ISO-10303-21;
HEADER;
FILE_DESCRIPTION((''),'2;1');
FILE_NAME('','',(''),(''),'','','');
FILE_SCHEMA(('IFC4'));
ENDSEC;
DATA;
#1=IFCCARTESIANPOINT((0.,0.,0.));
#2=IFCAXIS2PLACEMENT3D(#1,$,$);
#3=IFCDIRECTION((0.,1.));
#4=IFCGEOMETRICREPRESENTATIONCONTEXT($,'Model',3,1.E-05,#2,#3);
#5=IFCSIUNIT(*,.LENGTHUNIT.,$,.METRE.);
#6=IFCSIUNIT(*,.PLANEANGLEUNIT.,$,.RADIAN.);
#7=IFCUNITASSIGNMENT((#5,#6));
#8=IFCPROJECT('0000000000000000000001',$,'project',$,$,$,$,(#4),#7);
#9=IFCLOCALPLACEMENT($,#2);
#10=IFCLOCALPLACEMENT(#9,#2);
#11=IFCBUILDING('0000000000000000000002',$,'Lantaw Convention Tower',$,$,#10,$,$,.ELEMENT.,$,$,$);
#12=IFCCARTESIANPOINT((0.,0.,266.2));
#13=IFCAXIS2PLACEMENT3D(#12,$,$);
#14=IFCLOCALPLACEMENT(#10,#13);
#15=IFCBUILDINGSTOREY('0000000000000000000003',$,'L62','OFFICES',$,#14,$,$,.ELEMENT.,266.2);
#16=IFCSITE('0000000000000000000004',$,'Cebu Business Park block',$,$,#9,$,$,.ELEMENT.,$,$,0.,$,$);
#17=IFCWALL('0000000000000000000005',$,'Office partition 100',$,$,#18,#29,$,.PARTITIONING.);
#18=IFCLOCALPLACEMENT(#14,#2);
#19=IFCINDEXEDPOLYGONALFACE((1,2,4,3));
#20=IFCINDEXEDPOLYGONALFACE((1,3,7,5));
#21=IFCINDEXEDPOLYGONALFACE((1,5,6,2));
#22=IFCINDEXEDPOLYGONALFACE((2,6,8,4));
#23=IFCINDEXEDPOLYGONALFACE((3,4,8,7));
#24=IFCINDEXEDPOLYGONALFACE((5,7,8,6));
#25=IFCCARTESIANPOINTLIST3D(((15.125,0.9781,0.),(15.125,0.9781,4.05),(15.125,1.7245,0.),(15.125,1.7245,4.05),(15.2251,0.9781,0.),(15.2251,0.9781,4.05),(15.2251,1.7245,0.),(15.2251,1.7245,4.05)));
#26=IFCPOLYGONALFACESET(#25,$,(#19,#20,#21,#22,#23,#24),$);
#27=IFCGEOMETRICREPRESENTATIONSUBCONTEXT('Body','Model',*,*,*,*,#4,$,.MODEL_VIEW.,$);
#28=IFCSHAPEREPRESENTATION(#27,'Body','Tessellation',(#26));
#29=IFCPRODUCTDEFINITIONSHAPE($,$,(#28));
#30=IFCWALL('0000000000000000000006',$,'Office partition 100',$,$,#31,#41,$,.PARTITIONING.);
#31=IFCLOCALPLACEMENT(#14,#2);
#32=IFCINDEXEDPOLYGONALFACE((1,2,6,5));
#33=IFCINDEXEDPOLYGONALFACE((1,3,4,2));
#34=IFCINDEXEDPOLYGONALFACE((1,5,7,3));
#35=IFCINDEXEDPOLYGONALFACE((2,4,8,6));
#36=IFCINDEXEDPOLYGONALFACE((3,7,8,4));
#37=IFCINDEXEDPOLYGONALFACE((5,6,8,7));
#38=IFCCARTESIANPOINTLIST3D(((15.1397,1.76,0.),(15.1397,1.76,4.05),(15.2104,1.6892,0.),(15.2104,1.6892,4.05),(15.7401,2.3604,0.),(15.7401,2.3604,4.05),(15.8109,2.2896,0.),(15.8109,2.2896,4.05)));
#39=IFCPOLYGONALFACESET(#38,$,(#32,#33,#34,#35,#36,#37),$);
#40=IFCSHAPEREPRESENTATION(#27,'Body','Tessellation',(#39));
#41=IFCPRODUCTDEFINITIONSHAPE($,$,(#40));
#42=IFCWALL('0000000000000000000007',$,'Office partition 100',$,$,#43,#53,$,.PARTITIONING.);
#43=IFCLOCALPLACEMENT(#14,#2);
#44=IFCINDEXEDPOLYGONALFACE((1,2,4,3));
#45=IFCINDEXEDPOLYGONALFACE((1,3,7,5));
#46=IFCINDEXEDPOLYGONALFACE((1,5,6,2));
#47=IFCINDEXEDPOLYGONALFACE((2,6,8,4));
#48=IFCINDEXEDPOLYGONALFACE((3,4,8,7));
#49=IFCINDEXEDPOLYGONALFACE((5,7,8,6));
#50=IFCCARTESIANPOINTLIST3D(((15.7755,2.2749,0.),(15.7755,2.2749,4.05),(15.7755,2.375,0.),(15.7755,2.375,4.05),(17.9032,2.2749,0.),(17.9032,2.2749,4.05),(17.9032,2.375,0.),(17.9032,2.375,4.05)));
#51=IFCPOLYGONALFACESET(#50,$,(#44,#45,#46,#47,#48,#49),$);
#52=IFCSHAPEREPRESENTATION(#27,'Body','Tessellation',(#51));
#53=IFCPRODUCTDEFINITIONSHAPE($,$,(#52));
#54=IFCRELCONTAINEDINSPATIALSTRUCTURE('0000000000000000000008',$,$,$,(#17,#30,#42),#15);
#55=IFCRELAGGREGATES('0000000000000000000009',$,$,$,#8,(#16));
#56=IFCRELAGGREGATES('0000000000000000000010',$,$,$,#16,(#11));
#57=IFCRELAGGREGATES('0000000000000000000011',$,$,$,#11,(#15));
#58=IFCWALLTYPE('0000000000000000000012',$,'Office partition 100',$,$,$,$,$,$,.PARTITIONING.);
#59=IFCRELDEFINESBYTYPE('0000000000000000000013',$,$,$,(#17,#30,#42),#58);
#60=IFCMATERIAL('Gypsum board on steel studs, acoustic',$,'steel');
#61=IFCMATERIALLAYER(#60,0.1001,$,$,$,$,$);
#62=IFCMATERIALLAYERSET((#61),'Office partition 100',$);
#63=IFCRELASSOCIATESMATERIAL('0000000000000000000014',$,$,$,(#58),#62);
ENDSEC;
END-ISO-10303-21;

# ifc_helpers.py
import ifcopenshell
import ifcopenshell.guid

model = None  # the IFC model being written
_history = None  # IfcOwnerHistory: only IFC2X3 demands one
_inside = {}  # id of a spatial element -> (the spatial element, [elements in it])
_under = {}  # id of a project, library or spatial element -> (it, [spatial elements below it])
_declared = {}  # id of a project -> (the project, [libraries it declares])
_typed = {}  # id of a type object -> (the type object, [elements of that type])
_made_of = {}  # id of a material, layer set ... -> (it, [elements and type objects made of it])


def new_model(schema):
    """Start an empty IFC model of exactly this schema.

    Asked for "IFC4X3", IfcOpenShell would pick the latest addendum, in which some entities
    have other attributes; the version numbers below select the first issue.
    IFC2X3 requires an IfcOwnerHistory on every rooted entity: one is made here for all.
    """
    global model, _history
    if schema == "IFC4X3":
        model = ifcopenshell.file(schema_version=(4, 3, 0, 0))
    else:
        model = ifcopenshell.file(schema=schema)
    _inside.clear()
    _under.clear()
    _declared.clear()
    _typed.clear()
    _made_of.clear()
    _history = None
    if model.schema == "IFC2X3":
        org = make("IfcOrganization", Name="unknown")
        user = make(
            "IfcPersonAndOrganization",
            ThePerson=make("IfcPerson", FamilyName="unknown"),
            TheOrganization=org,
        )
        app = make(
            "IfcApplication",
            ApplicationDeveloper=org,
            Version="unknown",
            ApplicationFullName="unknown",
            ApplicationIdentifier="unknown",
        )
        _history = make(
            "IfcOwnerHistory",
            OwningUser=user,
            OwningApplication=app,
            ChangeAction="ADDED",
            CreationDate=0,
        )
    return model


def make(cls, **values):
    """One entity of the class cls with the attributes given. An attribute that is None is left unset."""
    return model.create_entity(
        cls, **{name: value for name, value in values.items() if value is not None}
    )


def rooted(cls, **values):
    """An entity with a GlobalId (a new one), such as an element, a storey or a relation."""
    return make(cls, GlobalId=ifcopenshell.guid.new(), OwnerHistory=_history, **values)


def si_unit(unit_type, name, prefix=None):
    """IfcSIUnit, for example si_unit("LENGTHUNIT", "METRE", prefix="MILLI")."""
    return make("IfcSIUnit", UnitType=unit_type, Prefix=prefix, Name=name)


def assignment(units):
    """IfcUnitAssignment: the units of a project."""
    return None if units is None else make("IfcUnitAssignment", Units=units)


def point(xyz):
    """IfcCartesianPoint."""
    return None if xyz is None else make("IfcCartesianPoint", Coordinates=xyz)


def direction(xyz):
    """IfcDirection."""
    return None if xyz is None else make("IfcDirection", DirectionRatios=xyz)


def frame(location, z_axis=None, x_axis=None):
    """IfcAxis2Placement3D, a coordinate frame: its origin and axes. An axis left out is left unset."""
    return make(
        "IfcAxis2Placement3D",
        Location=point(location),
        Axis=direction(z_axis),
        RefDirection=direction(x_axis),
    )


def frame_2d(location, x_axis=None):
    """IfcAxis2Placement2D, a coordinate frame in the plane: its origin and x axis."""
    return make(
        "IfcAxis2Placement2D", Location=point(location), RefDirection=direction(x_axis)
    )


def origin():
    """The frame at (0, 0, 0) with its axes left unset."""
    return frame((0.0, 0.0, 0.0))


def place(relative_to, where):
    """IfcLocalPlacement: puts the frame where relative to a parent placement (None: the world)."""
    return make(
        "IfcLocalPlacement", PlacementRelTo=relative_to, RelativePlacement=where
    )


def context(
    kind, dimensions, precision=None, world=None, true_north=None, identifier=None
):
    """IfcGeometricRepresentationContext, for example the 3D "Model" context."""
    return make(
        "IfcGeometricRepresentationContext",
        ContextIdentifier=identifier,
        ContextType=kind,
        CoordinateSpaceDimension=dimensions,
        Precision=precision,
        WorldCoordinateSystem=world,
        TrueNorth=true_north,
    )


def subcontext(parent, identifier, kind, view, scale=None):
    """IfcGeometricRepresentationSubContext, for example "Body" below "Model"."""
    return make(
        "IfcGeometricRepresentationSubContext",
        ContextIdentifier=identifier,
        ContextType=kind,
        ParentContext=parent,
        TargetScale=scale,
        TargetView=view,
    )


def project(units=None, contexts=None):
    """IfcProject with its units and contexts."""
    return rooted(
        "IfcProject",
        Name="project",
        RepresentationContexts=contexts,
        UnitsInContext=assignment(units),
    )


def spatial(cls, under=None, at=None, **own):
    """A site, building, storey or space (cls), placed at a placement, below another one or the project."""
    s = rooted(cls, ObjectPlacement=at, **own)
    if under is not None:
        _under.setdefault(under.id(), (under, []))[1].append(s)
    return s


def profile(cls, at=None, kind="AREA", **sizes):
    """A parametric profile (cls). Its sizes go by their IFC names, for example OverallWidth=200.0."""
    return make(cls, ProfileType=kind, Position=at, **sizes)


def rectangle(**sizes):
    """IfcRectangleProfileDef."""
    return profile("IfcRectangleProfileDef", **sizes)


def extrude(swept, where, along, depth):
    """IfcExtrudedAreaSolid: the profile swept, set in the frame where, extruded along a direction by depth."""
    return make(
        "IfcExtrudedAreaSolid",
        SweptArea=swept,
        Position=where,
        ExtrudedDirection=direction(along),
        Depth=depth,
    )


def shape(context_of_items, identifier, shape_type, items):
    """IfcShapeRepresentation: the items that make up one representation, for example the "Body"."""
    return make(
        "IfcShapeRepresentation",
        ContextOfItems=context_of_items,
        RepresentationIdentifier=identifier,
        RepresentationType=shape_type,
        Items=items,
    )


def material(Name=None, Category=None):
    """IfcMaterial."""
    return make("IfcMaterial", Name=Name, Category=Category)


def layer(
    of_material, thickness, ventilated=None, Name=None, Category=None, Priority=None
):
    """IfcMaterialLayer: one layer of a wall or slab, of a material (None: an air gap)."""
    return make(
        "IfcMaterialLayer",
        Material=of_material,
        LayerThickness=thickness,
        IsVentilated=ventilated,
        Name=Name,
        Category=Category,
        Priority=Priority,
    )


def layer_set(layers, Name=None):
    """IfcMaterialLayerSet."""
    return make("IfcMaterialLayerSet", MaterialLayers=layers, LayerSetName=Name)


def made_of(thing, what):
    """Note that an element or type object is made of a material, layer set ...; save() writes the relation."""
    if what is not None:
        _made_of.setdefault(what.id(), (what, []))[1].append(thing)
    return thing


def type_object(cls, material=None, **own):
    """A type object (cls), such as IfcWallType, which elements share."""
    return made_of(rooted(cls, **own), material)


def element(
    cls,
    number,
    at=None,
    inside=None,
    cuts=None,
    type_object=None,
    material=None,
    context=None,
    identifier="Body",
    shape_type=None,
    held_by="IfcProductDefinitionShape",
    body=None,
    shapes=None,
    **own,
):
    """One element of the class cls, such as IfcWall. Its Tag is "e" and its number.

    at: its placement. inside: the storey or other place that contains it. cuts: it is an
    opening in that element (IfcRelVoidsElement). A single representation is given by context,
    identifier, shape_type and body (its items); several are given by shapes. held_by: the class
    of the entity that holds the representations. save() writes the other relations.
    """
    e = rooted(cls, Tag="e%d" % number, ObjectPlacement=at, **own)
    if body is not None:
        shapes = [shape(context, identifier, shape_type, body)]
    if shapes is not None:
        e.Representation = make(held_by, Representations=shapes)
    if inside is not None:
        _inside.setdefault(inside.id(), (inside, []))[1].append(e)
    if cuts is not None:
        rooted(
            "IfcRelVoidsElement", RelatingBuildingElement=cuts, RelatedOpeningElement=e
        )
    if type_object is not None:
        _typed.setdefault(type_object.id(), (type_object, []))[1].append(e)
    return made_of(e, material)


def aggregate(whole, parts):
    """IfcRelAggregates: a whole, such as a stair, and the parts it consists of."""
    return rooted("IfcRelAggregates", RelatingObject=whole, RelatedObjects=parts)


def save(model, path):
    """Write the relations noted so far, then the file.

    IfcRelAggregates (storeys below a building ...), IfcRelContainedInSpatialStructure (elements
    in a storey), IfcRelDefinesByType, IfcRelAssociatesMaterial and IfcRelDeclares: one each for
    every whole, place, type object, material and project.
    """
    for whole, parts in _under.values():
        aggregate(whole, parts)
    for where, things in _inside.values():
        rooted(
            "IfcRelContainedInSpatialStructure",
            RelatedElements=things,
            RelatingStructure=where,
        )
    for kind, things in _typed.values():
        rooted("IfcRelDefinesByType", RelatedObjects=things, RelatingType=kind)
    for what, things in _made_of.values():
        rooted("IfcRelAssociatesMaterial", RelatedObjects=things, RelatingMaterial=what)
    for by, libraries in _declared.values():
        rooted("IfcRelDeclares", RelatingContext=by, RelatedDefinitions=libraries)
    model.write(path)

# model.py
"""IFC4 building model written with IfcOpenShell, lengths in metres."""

from ifc_helpers import new_model, si_unit, direction, frame, frame_2d, origin, place, context, subcontext, project, spatial, rectangle, extrude, material, layer, layer_set, type_object, element, save


model = new_model("IFC4")

# Units and contexts
model_context = context("Model", 3, precision=1e-05, world=origin(), true_north=direction((0.0, 1.0)))
body_context = subcontext(model_context, "Body", "Model", "MODEL_VIEW")
ifc_project = project(units=[si_unit("LENGTHUNIT", "METRE"), si_unit("PLANEANGLEUNIT", "RADIAN")], contexts=[model_context])

# Site, building, storey
site_placement = place(None, origin())
site = spatial("IfcSite", under=ifc_project, at=site_placement, Name="Cebu Business Park block", CompositionType="ELEMENT", RefElevation=0.0)
building_placement = place(site_placement, origin())
building = spatial("IfcBuilding", under=site, at=building_placement, Name="Lantaw Convention Tower", CompositionType="ELEMENT")
storey_placement = place(building_placement, frame((0.0, 0.0, 266.2)))
storey = spatial("IfcBuildingStorey", under=building, at=storey_placement, Name="L62", Description="OFFICES", CompositionType="ELEMENT", Elevation=266.2)

# Shared definitions
ifc_material_1 = material(Name="Gypsum board on steel studs, acoustic", Category="steel")
ifc_layer_1 = layer(ifc_material_1, 0.1001)
ifc_layer_set_1 = layer_set([ifc_layer_1], Name="Office partition 100")
wall_type_1 = type_object("IfcWallType", Name="Office partition 100", PredefinedType="PARTITIONING", material=ifc_layer_set_1)

# Walls
wall_1_placement = place(storey_placement, frame((15.175, 0.9783, 0.0), z_axis=(0.0, 0.0, 1.0), x_axis=(0.0, 1.0, 0.0)))
element("IfcWall", 1, at=wall_1_placement, inside=storey, type_object=wall_type_1, Name="Office partition 100", PredefinedType="PARTITIONING", context=body_context, shape_type="SweptSolid", body=[
    extrude(rectangle(XDim=0.7463, YDim=0.1001, at=frame_2d((0.373, 0.0))), origin(), (0.0, 0.0, 1.0), 4.05),
])
wall_2_placement = place(storey_placement, frame((15.175, 1.7246, 0.0), z_axis=(0.0, 0.0, 1.0), x_axis=(0.707107, 0.707107, 0.0)))
element("IfcWall", 2, at=wall_2_placement, inside=storey, type_object=wall_type_1, Name="Office partition 100", PredefinedType="PARTITIONING", context=body_context, shape_type="SweptSolid", body=[
    extrude(rectangle(XDim=0.8491, YDim=0.1001, at=frame_2d((0.4246, 0.0))), origin(), (0.0, 0.0, 1.0), 4.05),
])
wall_3_placement = place(storey_placement, frame((15.7754, 2.325, 0.0), z_axis=(0.0, 0.0, 1.0), x_axis=(1.0, 0.0, 0.0)))
element("IfcWall", 3, at=wall_3_placement, inside=storey, type_object=wall_type_1, Name="Office partition 100", PredefinedType="PARTITIONING", context=body_context, shape_type="SweptSolid", body=[
    extrude(rectangle(XDim=2.1277, YDim=0.1001, at=frame_2d((1.064, 0.0))), origin(), (0.0, 0.0, 1.0), 4.05),
])

save(model, "model.ifc")
